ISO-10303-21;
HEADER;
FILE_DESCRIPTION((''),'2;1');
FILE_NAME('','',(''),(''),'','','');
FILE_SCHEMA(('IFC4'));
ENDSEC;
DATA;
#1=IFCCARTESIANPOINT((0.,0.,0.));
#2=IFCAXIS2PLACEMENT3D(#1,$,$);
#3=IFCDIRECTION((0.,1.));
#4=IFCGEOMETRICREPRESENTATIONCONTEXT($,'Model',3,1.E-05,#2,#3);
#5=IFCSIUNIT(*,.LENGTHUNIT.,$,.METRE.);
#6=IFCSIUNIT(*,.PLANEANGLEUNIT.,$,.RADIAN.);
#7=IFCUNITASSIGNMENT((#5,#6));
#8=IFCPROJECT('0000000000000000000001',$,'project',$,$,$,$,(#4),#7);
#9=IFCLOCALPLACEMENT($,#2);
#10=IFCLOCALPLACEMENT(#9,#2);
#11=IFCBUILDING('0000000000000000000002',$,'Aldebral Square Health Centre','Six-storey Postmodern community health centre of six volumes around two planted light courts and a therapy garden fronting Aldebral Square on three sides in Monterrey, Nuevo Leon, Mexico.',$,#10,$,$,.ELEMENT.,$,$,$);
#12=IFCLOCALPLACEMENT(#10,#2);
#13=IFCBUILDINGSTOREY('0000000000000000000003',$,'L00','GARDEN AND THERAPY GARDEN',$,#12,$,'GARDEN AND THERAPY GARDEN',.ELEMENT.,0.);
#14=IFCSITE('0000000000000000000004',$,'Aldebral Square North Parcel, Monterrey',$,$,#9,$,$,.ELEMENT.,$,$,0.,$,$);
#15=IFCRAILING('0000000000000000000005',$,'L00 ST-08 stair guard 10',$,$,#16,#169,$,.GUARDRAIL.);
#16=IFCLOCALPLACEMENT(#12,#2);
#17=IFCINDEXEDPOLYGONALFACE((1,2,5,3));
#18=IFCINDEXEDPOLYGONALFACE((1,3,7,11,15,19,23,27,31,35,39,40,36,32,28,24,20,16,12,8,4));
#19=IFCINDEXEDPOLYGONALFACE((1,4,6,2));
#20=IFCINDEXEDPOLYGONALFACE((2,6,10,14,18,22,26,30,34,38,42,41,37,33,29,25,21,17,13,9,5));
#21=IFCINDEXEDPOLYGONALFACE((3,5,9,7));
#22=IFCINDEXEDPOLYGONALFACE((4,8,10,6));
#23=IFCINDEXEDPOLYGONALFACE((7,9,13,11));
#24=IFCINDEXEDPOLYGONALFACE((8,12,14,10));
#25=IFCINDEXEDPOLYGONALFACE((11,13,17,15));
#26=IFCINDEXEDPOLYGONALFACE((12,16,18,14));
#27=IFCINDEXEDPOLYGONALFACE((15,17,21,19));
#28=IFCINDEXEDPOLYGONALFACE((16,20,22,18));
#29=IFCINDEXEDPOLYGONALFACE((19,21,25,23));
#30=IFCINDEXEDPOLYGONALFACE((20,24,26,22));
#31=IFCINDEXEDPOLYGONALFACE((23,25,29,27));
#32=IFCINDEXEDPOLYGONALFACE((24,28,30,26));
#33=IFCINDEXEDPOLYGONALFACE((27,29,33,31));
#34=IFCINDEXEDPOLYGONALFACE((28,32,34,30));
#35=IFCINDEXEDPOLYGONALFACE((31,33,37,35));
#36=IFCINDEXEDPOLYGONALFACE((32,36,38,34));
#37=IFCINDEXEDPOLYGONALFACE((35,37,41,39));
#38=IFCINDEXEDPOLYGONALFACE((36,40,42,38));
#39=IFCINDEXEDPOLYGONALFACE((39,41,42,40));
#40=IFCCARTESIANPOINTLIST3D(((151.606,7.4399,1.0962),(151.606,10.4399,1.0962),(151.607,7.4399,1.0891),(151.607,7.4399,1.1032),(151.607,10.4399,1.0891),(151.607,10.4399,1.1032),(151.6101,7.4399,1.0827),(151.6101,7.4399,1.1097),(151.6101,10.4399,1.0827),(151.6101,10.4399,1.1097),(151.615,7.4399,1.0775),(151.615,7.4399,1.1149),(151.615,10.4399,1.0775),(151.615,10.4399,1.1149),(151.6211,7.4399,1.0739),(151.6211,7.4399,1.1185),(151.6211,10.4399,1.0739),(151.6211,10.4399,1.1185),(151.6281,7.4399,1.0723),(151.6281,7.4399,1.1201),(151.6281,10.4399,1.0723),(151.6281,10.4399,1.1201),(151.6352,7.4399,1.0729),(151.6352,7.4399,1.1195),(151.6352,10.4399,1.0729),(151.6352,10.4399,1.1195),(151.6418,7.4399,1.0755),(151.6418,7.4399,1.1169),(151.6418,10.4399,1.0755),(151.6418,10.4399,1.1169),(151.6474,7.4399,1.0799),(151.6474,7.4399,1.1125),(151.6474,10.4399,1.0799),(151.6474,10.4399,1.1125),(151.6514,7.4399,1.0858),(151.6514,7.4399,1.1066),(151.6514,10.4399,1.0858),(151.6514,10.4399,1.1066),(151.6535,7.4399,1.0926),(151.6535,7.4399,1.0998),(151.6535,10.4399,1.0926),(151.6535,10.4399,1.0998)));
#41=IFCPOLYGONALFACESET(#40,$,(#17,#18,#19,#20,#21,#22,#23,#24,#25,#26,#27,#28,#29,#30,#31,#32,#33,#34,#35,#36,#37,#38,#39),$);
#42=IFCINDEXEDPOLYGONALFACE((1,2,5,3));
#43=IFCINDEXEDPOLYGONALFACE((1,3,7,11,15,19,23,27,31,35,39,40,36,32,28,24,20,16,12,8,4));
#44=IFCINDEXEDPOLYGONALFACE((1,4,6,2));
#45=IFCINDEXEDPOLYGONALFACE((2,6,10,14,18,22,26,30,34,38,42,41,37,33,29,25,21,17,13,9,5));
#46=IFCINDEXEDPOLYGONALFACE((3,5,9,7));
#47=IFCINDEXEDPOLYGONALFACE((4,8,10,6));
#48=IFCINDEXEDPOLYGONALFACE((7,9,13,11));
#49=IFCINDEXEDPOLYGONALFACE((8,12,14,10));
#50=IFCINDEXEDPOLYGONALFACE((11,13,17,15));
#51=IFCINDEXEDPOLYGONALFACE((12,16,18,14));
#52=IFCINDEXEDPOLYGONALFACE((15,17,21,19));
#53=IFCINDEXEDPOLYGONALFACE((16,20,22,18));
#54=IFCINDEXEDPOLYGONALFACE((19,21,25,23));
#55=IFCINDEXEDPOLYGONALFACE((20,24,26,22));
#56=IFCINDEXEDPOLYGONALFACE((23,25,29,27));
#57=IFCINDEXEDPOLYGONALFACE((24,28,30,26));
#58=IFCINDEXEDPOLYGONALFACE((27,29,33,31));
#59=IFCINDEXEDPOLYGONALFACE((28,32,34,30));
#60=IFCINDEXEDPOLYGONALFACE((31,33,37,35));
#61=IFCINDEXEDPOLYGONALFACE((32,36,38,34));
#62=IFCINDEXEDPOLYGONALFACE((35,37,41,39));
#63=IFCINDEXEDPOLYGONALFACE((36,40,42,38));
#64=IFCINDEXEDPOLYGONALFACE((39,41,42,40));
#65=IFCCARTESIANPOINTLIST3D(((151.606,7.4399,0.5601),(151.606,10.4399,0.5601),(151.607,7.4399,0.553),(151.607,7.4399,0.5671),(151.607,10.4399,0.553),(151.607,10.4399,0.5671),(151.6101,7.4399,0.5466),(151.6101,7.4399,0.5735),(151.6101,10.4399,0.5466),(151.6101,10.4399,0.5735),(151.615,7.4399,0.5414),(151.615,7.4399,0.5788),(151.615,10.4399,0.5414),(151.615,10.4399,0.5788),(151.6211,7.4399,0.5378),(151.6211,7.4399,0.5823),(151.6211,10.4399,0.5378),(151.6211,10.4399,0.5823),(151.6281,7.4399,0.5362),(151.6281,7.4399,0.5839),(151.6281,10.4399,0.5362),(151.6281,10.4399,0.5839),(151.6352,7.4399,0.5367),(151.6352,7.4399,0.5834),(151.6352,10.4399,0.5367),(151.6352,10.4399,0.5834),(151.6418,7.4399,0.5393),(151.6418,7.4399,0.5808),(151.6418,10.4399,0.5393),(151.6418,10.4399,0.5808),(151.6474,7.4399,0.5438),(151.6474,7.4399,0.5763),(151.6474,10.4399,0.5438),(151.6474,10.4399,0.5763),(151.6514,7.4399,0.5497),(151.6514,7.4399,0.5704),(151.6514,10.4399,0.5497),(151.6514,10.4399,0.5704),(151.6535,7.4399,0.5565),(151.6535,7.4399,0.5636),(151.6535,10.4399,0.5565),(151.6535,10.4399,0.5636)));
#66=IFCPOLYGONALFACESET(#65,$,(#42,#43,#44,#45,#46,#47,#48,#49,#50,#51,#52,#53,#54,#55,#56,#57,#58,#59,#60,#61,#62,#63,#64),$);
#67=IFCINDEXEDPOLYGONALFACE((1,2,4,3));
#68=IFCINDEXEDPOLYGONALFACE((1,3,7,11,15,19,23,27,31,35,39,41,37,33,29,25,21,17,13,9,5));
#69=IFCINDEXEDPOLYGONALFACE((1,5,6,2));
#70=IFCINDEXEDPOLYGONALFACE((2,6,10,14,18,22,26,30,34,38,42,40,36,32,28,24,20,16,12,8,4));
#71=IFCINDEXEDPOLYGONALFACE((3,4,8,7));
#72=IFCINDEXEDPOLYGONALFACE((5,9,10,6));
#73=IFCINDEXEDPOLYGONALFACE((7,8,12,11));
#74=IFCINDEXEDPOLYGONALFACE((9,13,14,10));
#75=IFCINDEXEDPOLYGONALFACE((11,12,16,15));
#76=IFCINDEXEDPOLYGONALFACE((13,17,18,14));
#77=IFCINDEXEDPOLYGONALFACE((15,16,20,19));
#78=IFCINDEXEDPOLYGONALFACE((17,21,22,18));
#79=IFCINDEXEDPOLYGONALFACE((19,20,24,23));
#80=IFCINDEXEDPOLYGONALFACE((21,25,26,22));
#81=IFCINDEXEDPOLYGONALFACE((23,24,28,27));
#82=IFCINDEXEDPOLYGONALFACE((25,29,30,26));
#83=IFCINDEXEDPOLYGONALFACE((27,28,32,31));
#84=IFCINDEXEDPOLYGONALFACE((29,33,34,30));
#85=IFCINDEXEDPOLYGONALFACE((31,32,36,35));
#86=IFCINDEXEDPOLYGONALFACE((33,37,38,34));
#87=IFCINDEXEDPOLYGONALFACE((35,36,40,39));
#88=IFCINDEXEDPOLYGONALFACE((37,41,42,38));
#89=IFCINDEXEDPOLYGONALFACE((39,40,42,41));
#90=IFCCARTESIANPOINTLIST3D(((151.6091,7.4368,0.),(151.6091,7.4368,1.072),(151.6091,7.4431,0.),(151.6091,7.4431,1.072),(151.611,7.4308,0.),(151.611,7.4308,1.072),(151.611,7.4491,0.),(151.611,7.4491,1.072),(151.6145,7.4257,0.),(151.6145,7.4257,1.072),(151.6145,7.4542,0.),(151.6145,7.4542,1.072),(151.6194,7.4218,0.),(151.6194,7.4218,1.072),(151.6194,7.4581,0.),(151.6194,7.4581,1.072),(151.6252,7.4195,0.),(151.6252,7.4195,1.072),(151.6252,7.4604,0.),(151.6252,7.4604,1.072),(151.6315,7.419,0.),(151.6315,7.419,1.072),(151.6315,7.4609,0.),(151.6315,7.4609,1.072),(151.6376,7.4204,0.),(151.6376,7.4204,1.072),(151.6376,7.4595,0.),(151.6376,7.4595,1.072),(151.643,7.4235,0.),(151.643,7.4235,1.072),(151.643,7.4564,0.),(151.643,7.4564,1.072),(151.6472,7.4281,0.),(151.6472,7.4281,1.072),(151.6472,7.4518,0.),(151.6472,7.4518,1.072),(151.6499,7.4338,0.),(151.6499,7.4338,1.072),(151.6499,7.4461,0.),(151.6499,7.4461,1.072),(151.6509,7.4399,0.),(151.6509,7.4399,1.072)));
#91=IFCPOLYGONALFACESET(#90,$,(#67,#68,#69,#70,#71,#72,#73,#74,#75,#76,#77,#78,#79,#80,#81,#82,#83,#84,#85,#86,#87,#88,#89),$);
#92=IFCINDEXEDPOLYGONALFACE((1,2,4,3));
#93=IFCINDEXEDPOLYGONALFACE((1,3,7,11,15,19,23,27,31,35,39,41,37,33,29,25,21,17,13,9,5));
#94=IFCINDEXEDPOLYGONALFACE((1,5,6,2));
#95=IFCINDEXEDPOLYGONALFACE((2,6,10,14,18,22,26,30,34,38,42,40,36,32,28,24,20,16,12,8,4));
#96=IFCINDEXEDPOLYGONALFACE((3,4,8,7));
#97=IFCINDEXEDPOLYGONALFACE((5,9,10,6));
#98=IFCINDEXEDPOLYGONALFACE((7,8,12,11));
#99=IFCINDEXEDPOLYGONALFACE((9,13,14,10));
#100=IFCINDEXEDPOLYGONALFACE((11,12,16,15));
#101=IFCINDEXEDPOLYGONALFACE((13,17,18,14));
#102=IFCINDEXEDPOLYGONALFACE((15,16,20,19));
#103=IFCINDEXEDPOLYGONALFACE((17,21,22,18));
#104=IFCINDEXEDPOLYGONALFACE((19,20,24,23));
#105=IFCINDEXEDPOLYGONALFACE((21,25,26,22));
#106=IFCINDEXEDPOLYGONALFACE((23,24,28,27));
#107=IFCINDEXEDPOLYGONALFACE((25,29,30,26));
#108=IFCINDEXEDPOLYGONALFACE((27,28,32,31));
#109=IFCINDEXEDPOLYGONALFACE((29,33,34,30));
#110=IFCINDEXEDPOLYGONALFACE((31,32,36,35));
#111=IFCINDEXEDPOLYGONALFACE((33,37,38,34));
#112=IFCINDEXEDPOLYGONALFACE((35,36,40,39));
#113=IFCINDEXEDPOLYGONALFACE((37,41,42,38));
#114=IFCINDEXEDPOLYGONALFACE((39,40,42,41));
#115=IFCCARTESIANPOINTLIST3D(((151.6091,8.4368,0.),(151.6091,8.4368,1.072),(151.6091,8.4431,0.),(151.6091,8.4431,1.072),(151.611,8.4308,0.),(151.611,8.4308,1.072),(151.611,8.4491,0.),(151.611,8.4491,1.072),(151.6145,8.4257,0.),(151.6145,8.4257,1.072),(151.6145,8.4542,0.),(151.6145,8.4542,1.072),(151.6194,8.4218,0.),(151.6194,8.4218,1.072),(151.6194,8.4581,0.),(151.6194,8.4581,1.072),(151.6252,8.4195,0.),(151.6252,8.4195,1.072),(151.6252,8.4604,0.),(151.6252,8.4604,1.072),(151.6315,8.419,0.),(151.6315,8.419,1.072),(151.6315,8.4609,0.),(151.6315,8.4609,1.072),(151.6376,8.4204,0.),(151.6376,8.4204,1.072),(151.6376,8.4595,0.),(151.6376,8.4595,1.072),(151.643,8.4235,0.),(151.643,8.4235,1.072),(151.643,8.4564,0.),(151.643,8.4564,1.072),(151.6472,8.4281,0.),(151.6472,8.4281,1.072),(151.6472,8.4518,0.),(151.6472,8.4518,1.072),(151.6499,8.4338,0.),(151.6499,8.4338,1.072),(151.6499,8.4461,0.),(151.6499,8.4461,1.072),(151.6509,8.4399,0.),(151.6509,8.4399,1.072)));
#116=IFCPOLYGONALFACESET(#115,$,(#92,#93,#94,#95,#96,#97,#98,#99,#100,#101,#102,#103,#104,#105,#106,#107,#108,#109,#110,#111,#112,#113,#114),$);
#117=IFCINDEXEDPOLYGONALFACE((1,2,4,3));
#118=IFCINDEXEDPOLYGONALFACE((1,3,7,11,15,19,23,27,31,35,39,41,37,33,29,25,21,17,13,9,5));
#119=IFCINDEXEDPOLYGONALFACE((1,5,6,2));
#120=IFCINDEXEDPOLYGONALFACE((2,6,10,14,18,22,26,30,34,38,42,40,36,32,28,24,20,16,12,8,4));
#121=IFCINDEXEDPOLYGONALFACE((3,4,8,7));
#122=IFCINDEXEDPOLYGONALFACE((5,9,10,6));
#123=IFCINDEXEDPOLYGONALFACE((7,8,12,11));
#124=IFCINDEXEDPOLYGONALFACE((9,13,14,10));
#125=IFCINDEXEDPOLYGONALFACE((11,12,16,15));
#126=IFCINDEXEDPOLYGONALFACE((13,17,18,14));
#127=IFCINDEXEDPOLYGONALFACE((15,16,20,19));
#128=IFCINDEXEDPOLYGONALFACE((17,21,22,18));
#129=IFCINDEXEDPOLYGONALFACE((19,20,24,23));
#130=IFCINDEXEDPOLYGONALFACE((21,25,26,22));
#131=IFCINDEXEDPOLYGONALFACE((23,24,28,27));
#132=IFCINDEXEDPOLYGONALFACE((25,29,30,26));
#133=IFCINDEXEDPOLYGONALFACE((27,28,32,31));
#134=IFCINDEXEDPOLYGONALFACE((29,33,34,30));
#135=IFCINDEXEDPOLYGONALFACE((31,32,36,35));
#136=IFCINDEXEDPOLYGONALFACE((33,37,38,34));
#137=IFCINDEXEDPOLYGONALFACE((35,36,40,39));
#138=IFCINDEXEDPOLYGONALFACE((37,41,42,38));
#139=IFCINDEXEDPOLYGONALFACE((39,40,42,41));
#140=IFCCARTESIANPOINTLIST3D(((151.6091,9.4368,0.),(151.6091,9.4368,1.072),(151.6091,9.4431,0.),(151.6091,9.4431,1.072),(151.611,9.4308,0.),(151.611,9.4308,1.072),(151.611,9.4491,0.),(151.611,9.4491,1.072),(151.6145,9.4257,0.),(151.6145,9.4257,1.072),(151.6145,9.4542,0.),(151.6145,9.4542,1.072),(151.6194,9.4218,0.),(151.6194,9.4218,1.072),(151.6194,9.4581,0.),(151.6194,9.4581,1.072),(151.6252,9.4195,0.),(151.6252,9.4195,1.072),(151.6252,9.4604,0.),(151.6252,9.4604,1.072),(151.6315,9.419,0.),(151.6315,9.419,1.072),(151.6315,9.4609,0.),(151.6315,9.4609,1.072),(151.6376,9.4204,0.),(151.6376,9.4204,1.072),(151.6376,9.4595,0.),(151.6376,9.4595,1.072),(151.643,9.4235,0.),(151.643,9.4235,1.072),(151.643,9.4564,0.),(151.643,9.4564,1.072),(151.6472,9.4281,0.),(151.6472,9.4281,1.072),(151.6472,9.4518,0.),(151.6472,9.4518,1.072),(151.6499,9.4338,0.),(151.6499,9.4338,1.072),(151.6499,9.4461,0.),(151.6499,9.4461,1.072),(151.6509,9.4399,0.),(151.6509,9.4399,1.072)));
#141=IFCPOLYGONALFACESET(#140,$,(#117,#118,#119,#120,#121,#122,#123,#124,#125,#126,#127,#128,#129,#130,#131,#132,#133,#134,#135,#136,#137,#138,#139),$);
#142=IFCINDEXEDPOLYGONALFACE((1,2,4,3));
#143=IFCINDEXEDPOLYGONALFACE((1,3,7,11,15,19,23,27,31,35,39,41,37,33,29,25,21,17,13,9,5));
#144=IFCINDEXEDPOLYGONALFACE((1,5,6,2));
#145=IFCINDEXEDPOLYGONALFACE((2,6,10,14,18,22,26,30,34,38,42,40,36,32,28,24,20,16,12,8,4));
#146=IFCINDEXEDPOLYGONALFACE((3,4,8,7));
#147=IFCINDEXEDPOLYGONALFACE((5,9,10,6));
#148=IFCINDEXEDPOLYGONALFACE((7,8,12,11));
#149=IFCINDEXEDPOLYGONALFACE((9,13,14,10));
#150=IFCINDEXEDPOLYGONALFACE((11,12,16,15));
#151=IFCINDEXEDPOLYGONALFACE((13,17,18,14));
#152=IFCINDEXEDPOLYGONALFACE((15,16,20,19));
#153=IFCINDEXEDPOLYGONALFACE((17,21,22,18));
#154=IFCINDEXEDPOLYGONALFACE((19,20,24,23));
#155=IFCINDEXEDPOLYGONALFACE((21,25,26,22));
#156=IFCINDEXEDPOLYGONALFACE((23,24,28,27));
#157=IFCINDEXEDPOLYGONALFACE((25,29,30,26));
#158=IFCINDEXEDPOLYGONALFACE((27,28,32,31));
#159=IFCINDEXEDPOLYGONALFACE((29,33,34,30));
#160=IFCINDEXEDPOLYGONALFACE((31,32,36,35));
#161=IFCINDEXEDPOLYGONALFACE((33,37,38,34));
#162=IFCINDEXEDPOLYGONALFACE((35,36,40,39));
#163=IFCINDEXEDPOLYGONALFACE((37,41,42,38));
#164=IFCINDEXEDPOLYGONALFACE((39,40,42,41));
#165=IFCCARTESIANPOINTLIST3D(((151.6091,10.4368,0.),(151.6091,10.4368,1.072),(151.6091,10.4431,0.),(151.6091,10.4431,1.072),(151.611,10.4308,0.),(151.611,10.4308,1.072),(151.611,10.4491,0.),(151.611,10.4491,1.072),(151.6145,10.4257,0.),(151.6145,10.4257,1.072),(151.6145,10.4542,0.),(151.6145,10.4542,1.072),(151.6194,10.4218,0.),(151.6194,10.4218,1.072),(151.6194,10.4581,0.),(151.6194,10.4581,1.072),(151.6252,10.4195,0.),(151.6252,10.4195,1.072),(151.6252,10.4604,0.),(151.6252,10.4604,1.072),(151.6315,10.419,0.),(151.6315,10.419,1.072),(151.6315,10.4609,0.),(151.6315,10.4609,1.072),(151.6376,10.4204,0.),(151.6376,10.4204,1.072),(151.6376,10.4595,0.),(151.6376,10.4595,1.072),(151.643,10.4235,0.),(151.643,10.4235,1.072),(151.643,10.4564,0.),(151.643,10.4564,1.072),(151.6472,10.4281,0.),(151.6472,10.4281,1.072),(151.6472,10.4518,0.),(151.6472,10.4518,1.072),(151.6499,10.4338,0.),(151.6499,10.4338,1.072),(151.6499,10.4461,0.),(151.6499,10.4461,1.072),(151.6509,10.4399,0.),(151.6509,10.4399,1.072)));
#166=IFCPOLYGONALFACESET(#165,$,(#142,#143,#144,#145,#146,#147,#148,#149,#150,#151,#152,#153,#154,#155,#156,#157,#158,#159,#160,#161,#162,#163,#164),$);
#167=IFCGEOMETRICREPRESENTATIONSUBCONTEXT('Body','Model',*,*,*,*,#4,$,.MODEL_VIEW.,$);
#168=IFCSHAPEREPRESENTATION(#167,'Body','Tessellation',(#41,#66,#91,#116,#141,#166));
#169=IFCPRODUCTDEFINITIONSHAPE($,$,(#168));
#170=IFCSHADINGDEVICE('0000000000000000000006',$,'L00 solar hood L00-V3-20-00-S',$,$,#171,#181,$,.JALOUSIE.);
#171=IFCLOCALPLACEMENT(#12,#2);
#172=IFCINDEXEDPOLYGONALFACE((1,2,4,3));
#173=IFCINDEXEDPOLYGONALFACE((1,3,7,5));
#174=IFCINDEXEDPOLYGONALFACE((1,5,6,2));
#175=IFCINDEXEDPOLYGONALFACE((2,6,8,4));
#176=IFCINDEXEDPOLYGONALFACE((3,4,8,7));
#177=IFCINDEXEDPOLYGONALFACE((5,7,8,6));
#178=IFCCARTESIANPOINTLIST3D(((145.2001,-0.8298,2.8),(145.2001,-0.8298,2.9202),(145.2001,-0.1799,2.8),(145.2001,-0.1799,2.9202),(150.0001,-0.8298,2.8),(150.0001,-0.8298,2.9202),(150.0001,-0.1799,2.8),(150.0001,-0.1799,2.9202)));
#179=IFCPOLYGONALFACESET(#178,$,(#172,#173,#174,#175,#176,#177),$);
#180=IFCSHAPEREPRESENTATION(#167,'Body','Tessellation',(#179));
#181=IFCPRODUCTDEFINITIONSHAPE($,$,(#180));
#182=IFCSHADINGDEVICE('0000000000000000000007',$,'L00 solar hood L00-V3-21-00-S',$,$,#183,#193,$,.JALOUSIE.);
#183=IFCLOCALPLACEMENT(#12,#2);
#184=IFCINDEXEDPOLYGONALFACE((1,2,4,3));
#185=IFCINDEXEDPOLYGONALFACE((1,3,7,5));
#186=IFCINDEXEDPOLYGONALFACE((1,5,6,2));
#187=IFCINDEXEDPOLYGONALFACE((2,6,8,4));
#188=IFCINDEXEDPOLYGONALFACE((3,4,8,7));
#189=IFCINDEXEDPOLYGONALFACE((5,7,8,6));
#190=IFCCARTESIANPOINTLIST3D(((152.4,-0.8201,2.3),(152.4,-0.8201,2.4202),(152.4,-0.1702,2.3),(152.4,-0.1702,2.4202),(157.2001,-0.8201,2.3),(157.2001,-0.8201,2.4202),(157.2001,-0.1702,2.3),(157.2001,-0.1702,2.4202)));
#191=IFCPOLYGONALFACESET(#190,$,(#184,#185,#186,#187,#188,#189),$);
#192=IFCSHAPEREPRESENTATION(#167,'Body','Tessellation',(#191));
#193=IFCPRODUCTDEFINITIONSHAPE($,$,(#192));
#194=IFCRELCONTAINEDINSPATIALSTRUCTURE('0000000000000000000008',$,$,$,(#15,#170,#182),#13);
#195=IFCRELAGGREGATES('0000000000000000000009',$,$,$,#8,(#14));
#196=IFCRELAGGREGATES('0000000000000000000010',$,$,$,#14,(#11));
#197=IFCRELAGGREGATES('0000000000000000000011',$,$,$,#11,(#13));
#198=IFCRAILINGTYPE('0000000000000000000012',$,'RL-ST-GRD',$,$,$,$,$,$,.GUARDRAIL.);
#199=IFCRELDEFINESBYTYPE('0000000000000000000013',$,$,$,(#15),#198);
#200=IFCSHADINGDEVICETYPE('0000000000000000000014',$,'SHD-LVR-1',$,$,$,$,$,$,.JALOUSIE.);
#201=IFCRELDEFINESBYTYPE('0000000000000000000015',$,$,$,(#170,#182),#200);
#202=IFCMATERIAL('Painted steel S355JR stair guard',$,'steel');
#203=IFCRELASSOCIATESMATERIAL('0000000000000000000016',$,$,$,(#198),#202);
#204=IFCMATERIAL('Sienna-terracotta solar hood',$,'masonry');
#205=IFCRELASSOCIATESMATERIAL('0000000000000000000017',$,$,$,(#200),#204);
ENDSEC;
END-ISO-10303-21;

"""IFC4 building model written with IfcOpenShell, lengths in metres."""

from ifc_helpers import new_model, si_unit, direction, frame, origin, origin_2d, place, context, subcontext, project, spatial, rectangle, circle, extrude, material, type_object, element, save


model = new_model("IFC4")

# Units and contexts
model_context = context("Model", 3, precision=1e-05, world=origin(), true_north=direction((0.0, 1.0)))
body_context = subcontext(model_context, "Body", "Model", "MODEL_VIEW")
ifc_project = project(units=[si_unit("LENGTHUNIT", "METRE"), si_unit("PLANEANGLEUNIT", "RADIAN")], contexts=[model_context])

# Site, building, storey
site_placement = place(None, origin())
site = spatial("IfcSite", under=ifc_project, at=site_placement, Name="Aldebral Square North Parcel, Monterrey", CompositionType="ELEMENT", RefElevation=0.0)
building_placement = place(site_placement, origin())
building = spatial("IfcBuilding", under=site, at=building_placement, Name="Aldebral Square Health Centre", Description="Six-storey Postmodern community health centre of six volumes around two planted light courts and a therapy garden fronting Aldebral Square on three sides in Monterrey, Nuevo Leon, Mexico.", CompositionType="ELEMENT")
storey_placement = place(building_placement, origin())
storey = spatial("IfcBuildingStorey", under=building, at=storey_placement, Name="L00", Description="GARDEN AND THERAPY GARDEN", LongName="GARDEN AND THERAPY GARDEN", CompositionType="ELEMENT", Elevation=0.0)

# Railing
ifc_material_1 = material(Name="Painted steel S355JR stair guard", Category="steel")
railing_type = type_object("IfcRailingType", Name="RL-ST-GRD", PredefinedType="GUARDRAIL", material=ifc_material_1)
for number, where, name in (
    (1, (151.6299, 7.4399, 0.0), "L00 ST-08 stair guard 10"),
):
    element("IfcRailing", number, at=place(storey_placement, frame(where)), inside=storey, type_object=railing_type, Name=name, PredefinedType="GUARDRAIL", context=body_context, shape_type="SweptSolid", body=[
        extrude(circle(Radius=0.0239, at=origin_2d()), frame((0.0, 0.0, 1.0962), z_axis=(0.0, 1.0, 0.0), x_axis=(-1.0, 0.0, 0.0)), (0.0, 0.0, 1.0), 3.0),
        extrude(circle(Radius=0.0239, at=origin_2d()), frame((0.0, 0.0, 0.5601), z_axis=(0.0, 1.0, 0.0), x_axis=(-1.0, 0.0, 0.0)), (0.0, 0.0, 1.0), 3.0),
        extrude(circle(Radius=0.021, at=origin_2d()), origin(), (0.0, 0.0, 1.0), 1.072),
        extrude(circle(Radius=0.021, at=origin_2d()), frame((0.0, 1.0, 0.0)), (0.0, 0.0, 1.0), 1.072),
        extrude(circle(Radius=0.021, at=origin_2d()), frame((0.0, 2.0, 0.0)), (0.0, 0.0, 1.0), 1.072),
        extrude(circle(Radius=0.021, at=origin_2d()), frame((0.0, 3.0, 0.0)), (0.0, 0.0, 1.0), 1.072),
    ])

# Shading devices
ifc_material_2 = material(Name="Sienna-terracotta solar hood", Category="masonry")
shading_device_type = type_object("IfcShadingDeviceType", Name="SHD-LVR-1", PredefinedType="JALOUSIE", material=ifc_material_2)
for number, where, z_axis, x_axis, name in (
    (2, (147.6001, -0.5049, 2.8), (0.0, 0.0, 1.0), (1.0, 0.0, 0.0), "L00 solar hood L00-V3-20-00-S"),
    (3, (154.8, -0.4951, 2.3), (0.0, 0.0, 1.0), (1.0, 0.0, 0.0), "L00 solar hood L00-V3-21-00-S"),
):
    element("IfcShadingDevice", number, at=place(storey_placement, frame(where, z_axis=z_axis, x_axis=x_axis)), inside=storey, type_object=shading_device_type, Name=name, PredefinedType="JALOUSIE", context=body_context, shape_type="SweptSolid", body=[
        extrude(rectangle(XDim=4.8, YDim=0.6499, at=origin_2d()), origin(), (0.0, 0.0, 1.0), 0.1201),
    ])

save(model, "model.ifc")
